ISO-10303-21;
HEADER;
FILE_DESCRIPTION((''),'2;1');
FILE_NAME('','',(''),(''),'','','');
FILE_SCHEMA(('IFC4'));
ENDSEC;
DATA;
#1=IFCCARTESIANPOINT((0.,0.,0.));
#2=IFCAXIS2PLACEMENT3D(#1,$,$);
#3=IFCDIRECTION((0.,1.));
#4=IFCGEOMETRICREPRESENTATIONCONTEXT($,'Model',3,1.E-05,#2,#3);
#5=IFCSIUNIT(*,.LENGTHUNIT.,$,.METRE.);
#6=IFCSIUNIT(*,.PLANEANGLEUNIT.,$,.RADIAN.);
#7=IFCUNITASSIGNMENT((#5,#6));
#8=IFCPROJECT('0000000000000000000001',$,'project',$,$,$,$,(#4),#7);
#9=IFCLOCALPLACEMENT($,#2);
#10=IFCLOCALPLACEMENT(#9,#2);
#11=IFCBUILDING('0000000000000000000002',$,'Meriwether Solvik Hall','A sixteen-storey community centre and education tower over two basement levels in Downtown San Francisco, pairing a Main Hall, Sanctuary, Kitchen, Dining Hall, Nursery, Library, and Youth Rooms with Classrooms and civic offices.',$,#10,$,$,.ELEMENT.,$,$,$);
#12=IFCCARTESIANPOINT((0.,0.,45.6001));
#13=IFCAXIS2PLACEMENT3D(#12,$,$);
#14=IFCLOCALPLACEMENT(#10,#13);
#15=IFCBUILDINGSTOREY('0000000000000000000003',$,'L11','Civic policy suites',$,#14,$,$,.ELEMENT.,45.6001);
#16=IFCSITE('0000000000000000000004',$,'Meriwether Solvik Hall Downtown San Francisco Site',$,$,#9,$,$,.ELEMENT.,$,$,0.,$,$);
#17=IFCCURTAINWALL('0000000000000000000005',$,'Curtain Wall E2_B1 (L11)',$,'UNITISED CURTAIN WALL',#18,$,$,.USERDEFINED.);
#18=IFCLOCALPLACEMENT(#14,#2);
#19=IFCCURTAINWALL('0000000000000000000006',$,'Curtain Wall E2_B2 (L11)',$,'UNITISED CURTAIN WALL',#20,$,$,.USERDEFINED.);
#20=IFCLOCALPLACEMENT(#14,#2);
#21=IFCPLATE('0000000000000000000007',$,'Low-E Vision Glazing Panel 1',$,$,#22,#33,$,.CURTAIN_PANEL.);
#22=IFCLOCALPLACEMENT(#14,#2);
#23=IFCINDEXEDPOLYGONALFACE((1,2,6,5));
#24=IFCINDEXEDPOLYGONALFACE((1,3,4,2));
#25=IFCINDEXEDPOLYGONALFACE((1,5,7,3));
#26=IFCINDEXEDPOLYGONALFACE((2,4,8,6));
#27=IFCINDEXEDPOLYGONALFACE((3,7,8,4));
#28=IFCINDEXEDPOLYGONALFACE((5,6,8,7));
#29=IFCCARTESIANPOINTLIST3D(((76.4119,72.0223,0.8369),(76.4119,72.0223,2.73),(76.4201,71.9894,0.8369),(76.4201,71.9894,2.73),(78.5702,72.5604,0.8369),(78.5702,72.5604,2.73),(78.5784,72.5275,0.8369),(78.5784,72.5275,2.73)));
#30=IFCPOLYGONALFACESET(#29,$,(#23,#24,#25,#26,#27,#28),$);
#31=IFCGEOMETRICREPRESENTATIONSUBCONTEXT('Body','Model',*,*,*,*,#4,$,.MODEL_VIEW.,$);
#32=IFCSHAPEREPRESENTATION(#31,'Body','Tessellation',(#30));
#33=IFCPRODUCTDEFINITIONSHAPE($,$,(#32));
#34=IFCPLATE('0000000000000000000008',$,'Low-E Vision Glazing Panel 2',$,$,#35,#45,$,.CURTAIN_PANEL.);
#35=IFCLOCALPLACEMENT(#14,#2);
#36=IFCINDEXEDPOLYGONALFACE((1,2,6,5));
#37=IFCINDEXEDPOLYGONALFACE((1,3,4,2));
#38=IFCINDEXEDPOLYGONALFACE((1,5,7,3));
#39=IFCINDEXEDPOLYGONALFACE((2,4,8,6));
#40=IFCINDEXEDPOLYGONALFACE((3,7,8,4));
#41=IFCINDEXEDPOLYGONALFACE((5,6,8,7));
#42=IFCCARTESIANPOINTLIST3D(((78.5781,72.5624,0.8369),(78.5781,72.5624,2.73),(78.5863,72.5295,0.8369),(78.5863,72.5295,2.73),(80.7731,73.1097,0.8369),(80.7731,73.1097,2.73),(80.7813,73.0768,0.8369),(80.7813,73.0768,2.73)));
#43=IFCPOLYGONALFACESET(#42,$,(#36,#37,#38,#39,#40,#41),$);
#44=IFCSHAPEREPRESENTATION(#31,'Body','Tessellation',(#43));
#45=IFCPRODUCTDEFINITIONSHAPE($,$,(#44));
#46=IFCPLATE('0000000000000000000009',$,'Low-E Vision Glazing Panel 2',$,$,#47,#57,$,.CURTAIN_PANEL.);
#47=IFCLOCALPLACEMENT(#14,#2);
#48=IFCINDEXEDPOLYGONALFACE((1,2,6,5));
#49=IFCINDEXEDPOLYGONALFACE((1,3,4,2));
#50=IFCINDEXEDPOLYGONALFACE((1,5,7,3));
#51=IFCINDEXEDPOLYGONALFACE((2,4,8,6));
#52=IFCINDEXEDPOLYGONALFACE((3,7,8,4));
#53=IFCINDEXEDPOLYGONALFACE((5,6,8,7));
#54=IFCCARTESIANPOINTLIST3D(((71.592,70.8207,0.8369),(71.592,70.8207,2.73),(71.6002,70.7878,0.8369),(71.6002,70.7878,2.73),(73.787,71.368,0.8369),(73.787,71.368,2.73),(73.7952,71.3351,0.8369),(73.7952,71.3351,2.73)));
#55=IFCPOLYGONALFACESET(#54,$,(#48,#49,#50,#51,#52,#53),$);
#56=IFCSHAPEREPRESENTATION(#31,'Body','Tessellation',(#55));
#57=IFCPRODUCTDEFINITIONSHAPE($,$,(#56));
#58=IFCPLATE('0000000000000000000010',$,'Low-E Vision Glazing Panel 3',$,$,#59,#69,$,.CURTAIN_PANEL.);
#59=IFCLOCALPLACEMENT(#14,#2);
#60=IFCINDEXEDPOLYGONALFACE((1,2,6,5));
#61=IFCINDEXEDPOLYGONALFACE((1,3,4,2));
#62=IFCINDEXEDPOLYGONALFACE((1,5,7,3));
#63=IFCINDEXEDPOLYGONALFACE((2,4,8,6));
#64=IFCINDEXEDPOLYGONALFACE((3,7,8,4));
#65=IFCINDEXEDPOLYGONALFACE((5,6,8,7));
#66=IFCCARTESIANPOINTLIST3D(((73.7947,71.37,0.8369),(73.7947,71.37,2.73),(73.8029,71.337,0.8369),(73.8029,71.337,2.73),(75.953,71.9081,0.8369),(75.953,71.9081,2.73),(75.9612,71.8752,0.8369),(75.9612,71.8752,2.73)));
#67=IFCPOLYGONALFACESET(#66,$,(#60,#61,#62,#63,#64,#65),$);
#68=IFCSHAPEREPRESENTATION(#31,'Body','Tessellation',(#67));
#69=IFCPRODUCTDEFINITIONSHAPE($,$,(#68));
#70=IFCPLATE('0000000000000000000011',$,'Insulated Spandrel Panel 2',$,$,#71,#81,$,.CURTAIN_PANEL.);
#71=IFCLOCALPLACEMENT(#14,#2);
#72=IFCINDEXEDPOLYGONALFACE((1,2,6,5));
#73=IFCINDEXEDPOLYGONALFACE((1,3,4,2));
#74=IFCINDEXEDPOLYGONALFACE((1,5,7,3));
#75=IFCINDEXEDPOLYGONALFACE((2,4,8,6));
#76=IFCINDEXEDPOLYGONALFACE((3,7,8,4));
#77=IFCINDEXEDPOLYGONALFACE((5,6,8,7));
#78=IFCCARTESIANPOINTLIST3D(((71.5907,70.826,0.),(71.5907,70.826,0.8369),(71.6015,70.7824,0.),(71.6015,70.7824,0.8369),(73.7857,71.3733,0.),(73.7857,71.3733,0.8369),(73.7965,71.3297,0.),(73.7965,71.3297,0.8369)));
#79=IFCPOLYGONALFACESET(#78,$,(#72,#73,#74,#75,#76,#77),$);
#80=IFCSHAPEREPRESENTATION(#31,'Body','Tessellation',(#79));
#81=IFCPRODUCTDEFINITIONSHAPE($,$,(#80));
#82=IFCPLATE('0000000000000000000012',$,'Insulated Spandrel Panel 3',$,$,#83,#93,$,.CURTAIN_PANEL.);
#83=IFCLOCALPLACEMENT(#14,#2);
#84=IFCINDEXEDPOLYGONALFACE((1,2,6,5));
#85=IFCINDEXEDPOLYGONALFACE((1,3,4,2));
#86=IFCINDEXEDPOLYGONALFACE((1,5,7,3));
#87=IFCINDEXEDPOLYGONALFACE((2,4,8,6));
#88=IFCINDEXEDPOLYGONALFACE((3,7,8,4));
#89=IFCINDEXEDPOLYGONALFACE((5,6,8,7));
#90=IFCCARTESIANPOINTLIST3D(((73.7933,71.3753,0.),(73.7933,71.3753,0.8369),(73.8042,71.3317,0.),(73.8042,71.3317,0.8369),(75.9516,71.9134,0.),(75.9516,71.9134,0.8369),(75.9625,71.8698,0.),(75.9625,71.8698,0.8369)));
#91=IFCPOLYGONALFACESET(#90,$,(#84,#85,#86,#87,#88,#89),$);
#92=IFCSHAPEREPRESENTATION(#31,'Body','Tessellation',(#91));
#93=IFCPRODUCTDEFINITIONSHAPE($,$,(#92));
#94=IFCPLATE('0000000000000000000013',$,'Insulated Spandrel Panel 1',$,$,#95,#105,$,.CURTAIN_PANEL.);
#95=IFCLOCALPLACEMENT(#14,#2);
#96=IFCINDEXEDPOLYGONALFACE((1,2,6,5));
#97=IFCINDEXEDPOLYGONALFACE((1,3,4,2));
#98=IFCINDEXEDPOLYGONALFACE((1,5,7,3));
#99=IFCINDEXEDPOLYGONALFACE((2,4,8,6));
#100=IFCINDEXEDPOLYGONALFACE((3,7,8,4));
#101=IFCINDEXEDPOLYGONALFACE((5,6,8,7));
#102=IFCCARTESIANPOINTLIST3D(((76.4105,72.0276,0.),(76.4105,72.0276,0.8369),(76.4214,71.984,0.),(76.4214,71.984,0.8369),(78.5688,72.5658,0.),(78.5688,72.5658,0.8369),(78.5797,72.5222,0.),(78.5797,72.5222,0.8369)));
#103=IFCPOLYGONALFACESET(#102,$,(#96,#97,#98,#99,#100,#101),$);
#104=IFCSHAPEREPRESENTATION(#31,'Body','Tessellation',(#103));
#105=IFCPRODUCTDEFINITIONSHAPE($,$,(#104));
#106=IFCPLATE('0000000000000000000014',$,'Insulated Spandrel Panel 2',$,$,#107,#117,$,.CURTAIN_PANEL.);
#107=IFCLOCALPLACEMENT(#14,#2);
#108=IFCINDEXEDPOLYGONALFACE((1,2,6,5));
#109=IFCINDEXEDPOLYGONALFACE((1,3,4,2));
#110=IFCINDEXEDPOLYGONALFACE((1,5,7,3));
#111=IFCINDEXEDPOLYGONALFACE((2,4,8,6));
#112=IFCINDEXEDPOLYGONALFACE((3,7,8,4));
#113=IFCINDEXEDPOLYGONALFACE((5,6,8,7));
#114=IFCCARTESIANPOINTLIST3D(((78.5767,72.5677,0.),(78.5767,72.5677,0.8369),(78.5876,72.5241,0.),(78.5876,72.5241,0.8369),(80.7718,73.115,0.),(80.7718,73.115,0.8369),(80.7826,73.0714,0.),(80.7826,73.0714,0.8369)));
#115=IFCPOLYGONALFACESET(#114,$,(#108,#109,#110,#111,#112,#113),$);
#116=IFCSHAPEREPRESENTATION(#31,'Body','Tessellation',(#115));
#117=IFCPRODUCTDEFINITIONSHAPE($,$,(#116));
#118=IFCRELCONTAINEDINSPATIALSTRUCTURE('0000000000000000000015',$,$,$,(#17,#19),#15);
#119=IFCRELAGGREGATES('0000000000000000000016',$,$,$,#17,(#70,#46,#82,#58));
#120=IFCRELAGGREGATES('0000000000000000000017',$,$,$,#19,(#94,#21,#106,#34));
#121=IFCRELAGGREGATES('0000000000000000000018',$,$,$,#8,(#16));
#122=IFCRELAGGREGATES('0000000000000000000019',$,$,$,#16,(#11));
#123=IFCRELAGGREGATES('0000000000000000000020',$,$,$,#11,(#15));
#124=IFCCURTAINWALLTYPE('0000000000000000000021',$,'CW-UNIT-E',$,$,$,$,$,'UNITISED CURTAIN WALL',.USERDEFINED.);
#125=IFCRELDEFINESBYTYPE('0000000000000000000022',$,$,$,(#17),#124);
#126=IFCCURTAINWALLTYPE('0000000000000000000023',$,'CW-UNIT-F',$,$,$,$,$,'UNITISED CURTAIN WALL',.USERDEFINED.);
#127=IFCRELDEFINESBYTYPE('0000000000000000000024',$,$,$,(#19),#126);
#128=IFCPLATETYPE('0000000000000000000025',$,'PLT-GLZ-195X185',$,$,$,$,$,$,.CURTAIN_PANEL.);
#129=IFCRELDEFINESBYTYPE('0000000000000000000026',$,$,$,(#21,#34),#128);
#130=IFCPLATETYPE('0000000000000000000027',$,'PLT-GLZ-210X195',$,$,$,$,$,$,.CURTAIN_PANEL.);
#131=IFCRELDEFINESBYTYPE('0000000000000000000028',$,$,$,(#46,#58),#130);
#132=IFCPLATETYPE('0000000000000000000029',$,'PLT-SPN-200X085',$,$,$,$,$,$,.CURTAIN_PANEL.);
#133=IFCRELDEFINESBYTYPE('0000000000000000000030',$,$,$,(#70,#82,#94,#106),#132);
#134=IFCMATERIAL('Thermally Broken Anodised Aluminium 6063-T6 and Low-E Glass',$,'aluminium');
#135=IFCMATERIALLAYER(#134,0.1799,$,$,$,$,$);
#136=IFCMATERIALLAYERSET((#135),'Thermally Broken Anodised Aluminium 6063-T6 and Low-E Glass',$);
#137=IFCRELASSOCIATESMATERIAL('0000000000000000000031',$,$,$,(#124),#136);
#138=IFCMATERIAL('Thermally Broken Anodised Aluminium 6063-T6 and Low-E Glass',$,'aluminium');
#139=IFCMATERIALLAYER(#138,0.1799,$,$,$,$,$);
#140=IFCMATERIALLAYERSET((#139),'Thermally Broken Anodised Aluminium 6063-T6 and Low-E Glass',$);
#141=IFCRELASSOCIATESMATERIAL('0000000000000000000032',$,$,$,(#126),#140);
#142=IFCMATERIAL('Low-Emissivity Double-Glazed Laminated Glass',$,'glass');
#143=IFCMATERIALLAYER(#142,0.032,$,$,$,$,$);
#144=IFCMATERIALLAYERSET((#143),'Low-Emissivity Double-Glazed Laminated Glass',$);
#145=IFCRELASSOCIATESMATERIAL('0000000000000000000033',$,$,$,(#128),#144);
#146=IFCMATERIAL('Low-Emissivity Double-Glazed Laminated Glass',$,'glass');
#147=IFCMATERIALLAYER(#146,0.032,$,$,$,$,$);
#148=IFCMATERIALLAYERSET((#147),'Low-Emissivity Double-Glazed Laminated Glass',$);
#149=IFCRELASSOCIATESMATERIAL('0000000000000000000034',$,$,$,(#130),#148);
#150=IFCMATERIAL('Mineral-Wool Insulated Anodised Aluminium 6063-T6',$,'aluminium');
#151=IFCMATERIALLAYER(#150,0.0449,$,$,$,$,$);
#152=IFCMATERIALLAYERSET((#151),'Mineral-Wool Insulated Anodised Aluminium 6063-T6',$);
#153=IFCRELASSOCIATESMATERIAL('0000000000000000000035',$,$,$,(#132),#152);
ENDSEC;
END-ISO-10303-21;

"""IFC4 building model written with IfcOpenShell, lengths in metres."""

from ifc_helpers import new_model, si_unit, direction, frame, origin, origin_2d, place, context, subcontext, project, spatial, rectangle, extrude, material, layer, layer_set, type_object, element, aggregate, save


model = new_model("IFC4")

# Units and contexts
model_context = context("Model", 3, precision=1e-05, world=origin(), true_north=direction((0.0, 1.0)))
body_context = subcontext(model_context, "Body", "Model", "MODEL_VIEW")
ifc_project = project(units=[si_unit("LENGTHUNIT", "METRE"), si_unit("PLANEANGLEUNIT", "RADIAN")], contexts=[model_context])

# Site, building, storey
site_placement = place(None, origin())
site = spatial("IfcSite", under=ifc_project, at=site_placement, Name="Meriwether Solvik Hall Downtown San Francisco Site", CompositionType="ELEMENT", RefElevation=0.0)
building_placement = place(site_placement, origin())
building = spatial("IfcBuilding", under=site, at=building_placement, Name="Meriwether Solvik Hall", Description="A sixteen-storey community centre and education tower over two basement levels in Downtown San Francisco, pairing a Main Hall, Sanctuary, Kitchen, Dining Hall, Nursery, Library, and Youth Rooms with Classrooms and civic offices.", CompositionType="ELEMENT")
storey_placement = place(building_placement, frame((0.0, 0.0, 45.6001)))
storey = spatial("IfcBuildingStorey", under=building, at=storey_placement, Name="L11", Description="Civic policy suites", CompositionType="ELEMENT", Elevation=45.6001)

# Curtain walls
ifc_material_1 = material(Name="Thermally Broken Anodised Aluminium 6063-T6 and Low-E Glass", Category="aluminium")
ifc_layer_1 = layer(ifc_material_1, 0.1799)
ifc_layer_set_1 = layer_set([ifc_layer_1], Name="Thermally Broken Anodised Aluminium 6063-T6 and Low-E Glass")
curtain_wall_type_1 = type_object("IfcCurtainWallType", Name="CW-UNIT-E", ElementType="UNITISED CURTAIN WALL", PredefinedType="USERDEFINED", material=ifc_layer_set_1)
curtain_wall_1_placement = place(storey_placement, origin())
curtain_wall_1 = element("IfcCurtainWall", 1, at=curtain_wall_1_placement, inside=storey, type_object=curtain_wall_type_1, Name="Curtain Wall E2_B1 (L11)", ObjectType="UNITISED CURTAIN WALL", PredefinedType="USERDEFINED")
ifc_material_2 = material(Name="Thermally Broken Anodised Aluminium 6063-T6 and Low-E Glass", Category="aluminium")
ifc_layer_2 = layer(ifc_material_2, 0.1799)
ifc_layer_set_2 = layer_set([ifc_layer_2], Name="Thermally Broken Anodised Aluminium 6063-T6 and Low-E Glass")
curtain_wall_type_2 = type_object("IfcCurtainWallType", Name="CW-UNIT-F", ElementType="UNITISED CURTAIN WALL", PredefinedType="USERDEFINED", material=ifc_layer_set_2)
curtain_wall_2_placement = place(storey_placement, origin())
curtain_wall_2 = element("IfcCurtainWall", 2, at=curtain_wall_2_placement, inside=storey, type_object=curtain_wall_type_2, Name="Curtain Wall E2_B2 (L11)", ObjectType="UNITISED CURTAIN WALL", PredefinedType="USERDEFINED")

# Plates
ifc_material_3 = material(Name="Low-Emissivity Double-Glazed Laminated Glass", Category="glass")
ifc_layer_3 = layer(ifc_material_3, 0.032)
ifc_layer_set_3 = layer_set([ifc_layer_3], Name="Low-Emissivity Double-Glazed Laminated Glass")
plate_type_1 = type_object("IfcPlateType", Name="PLT-GLZ-195X185", PredefinedType="CURTAIN_PANEL", material=ifc_layer_set_3)
plate_1_placement = place(storey_placement, frame((77.4951, 72.2749, 0.8369), z_axis=(0.0, 0.0, 1.0), x_axis=(0.970296, 0.241922, 0.0)))
plate_1 = element("IfcPlate", 3, at=plate_1_placement, type_object=plate_type_1, Name="Low-E Vision Glazing Panel 1", PredefinedType="CURTAIN_PANEL", context=body_context, shape_type="SweptSolid", body=[
    extrude(rectangle(XDim=2.2244, YDim=0.0339, at=origin_2d()), origin(), (0.0, 0.0, 1.0), 1.8931),
])
plate_2_placement = place(storey_placement, frame((79.6797, 72.8196, 0.8369), z_axis=(0.0, 0.0, 1.0), x_axis=(0.970296, 0.241922, 0.0)))
plate_2 = element("IfcPlate", 4, at=plate_2_placement, type_object=plate_type_1, Name="Low-E Vision Glazing Panel 2", PredefinedType="CURTAIN_PANEL", context=body_context, shape_type="SweptSolid", body=[
    extrude(rectangle(XDim=2.2622, YDim=0.0339, at=origin_2d()), origin(), (0.0, 0.0, 1.0), 1.8931),
])
ifc_material_4 = material(Name="Low-Emissivity Double-Glazed Laminated Glass", Category="glass")
ifc_layer_4 = layer(ifc_material_4, 0.032)
ifc_layer_set_4 = layer_set([ifc_layer_4], Name="Low-Emissivity Double-Glazed Laminated Glass")
plate_type_2 = type_object("IfcPlateType", Name="PLT-GLZ-210X195", PredefinedType="CURTAIN_PANEL", material=ifc_layer_set_4)
plate_3_placement = place(storey_placement, frame((72.6936, 71.0779, 0.8369), z_axis=(0.0, 0.0, 1.0), x_axis=(0.970296, 0.241922, 0.0)))
plate_3 = element("IfcPlate", 5, at=plate_3_placement, type_object=plate_type_2, Name="Low-E Vision Glazing Panel 2", PredefinedType="CURTAIN_PANEL", context=body_context, shape_type="SweptSolid", body=[
    extrude(rectangle(XDim=2.2622, YDim=0.0339, at=origin_2d()), origin(), (0.0, 0.0, 1.0), 1.8931),
])
plate_4_placement = place(storey_placement, frame((74.8779, 71.6226, 0.8369), z_axis=(0.0, 0.0, 1.0), x_axis=(0.970296, 0.241922, 0.0)))
plate_4 = element("IfcPlate", 6, at=plate_4_placement, type_object=plate_type_2, Name="Low-E Vision Glazing Panel 3", PredefinedType="CURTAIN_PANEL", context=body_context, shape_type="SweptSolid", body=[
    extrude(rectangle(XDim=2.2244, YDim=0.0339, at=origin_2d()), origin(), (0.0, 0.0, 1.0), 1.8931),
])
ifc_material_5 = material(Name="Mineral-Wool Insulated Anodised Aluminium 6063-T6", Category="aluminium")
ifc_layer_5 = layer(ifc_material_5, 0.0449)
ifc_layer_set_5 = layer_set([ifc_layer_5], Name="Mineral-Wool Insulated Anodised Aluminium 6063-T6")
plate_type_3 = type_object("IfcPlateType", Name="PLT-SPN-200X085", PredefinedType="CURTAIN_PANEL", material=ifc_layer_set_5)
plate_5_placement = place(storey_placement, frame((72.6936, 71.0779, 0.0), z_axis=(0.0, 0.0, 1.0), x_axis=(0.970296, 0.241922, 0.0)))
plate_5 = element("IfcPlate", 7, at=plate_5_placement, type_object=plate_type_3, Name="Insulated Spandrel Panel 2", PredefinedType="CURTAIN_PANEL", context=body_context, shape_type="SweptSolid", body=[
    extrude(rectangle(XDim=2.2622, YDim=0.0449, at=origin_2d()), origin(), (0.0, 0.0, 1.0), 0.8369),
])
plate_6_placement = place(storey_placement, frame((74.8779, 71.6226, 0.0), z_axis=(0.0, 0.0, 1.0), x_axis=(0.970296, 0.241922, 0.0)))
plate_6 = element("IfcPlate", 8, at=plate_6_placement, type_object=plate_type_3, Name="Insulated Spandrel Panel 3", PredefinedType="CURTAIN_PANEL", context=body_context, shape_type="SweptSolid", body=[
    extrude(rectangle(XDim=2.2244, YDim=0.0449, at=origin_2d()), origin(), (0.0, 0.0, 1.0), 0.8369),
])
aggregate(curtain_wall_1, [plate_5, plate_3, plate_6, plate_4])
plate_7_placement = place(storey_placement, frame((77.4951, 72.2749, 0.0), z_axis=(0.0, 0.0, 1.0), x_axis=(0.970296, 0.241922, 0.0)))
plate_7 = element("IfcPlate", 9, at=plate_7_placement, type_object=plate_type_3, Name="Insulated Spandrel Panel 1", PredefinedType="CURTAIN_PANEL", context=body_context, shape_type="SweptSolid", body=[
    extrude(rectangle(XDim=2.2244, YDim=0.0449, at=origin_2d()), origin(), (0.0, 0.0, 1.0), 0.8369),
])
plate_8_placement = place(storey_placement, frame((79.6797, 72.8196, 0.0), z_axis=(0.0, 0.0, 1.0), x_axis=(0.970296, 0.241922, 0.0)))
plate_8 = element("IfcPlate", 10, at=plate_8_placement, type_object=plate_type_3, Name="Insulated Spandrel Panel 2", PredefinedType="CURTAIN_PANEL", context=body_context, shape_type="SweptSolid", body=[
    extrude(rectangle(XDim=2.2622, YDim=0.0449, at=origin_2d()), origin(), (0.0, 0.0, 1.0), 0.8369),
])
aggregate(curtain_wall_2, [plate_7, plate_1, plate_8, plate_2])

save(model, "model.ifc")
